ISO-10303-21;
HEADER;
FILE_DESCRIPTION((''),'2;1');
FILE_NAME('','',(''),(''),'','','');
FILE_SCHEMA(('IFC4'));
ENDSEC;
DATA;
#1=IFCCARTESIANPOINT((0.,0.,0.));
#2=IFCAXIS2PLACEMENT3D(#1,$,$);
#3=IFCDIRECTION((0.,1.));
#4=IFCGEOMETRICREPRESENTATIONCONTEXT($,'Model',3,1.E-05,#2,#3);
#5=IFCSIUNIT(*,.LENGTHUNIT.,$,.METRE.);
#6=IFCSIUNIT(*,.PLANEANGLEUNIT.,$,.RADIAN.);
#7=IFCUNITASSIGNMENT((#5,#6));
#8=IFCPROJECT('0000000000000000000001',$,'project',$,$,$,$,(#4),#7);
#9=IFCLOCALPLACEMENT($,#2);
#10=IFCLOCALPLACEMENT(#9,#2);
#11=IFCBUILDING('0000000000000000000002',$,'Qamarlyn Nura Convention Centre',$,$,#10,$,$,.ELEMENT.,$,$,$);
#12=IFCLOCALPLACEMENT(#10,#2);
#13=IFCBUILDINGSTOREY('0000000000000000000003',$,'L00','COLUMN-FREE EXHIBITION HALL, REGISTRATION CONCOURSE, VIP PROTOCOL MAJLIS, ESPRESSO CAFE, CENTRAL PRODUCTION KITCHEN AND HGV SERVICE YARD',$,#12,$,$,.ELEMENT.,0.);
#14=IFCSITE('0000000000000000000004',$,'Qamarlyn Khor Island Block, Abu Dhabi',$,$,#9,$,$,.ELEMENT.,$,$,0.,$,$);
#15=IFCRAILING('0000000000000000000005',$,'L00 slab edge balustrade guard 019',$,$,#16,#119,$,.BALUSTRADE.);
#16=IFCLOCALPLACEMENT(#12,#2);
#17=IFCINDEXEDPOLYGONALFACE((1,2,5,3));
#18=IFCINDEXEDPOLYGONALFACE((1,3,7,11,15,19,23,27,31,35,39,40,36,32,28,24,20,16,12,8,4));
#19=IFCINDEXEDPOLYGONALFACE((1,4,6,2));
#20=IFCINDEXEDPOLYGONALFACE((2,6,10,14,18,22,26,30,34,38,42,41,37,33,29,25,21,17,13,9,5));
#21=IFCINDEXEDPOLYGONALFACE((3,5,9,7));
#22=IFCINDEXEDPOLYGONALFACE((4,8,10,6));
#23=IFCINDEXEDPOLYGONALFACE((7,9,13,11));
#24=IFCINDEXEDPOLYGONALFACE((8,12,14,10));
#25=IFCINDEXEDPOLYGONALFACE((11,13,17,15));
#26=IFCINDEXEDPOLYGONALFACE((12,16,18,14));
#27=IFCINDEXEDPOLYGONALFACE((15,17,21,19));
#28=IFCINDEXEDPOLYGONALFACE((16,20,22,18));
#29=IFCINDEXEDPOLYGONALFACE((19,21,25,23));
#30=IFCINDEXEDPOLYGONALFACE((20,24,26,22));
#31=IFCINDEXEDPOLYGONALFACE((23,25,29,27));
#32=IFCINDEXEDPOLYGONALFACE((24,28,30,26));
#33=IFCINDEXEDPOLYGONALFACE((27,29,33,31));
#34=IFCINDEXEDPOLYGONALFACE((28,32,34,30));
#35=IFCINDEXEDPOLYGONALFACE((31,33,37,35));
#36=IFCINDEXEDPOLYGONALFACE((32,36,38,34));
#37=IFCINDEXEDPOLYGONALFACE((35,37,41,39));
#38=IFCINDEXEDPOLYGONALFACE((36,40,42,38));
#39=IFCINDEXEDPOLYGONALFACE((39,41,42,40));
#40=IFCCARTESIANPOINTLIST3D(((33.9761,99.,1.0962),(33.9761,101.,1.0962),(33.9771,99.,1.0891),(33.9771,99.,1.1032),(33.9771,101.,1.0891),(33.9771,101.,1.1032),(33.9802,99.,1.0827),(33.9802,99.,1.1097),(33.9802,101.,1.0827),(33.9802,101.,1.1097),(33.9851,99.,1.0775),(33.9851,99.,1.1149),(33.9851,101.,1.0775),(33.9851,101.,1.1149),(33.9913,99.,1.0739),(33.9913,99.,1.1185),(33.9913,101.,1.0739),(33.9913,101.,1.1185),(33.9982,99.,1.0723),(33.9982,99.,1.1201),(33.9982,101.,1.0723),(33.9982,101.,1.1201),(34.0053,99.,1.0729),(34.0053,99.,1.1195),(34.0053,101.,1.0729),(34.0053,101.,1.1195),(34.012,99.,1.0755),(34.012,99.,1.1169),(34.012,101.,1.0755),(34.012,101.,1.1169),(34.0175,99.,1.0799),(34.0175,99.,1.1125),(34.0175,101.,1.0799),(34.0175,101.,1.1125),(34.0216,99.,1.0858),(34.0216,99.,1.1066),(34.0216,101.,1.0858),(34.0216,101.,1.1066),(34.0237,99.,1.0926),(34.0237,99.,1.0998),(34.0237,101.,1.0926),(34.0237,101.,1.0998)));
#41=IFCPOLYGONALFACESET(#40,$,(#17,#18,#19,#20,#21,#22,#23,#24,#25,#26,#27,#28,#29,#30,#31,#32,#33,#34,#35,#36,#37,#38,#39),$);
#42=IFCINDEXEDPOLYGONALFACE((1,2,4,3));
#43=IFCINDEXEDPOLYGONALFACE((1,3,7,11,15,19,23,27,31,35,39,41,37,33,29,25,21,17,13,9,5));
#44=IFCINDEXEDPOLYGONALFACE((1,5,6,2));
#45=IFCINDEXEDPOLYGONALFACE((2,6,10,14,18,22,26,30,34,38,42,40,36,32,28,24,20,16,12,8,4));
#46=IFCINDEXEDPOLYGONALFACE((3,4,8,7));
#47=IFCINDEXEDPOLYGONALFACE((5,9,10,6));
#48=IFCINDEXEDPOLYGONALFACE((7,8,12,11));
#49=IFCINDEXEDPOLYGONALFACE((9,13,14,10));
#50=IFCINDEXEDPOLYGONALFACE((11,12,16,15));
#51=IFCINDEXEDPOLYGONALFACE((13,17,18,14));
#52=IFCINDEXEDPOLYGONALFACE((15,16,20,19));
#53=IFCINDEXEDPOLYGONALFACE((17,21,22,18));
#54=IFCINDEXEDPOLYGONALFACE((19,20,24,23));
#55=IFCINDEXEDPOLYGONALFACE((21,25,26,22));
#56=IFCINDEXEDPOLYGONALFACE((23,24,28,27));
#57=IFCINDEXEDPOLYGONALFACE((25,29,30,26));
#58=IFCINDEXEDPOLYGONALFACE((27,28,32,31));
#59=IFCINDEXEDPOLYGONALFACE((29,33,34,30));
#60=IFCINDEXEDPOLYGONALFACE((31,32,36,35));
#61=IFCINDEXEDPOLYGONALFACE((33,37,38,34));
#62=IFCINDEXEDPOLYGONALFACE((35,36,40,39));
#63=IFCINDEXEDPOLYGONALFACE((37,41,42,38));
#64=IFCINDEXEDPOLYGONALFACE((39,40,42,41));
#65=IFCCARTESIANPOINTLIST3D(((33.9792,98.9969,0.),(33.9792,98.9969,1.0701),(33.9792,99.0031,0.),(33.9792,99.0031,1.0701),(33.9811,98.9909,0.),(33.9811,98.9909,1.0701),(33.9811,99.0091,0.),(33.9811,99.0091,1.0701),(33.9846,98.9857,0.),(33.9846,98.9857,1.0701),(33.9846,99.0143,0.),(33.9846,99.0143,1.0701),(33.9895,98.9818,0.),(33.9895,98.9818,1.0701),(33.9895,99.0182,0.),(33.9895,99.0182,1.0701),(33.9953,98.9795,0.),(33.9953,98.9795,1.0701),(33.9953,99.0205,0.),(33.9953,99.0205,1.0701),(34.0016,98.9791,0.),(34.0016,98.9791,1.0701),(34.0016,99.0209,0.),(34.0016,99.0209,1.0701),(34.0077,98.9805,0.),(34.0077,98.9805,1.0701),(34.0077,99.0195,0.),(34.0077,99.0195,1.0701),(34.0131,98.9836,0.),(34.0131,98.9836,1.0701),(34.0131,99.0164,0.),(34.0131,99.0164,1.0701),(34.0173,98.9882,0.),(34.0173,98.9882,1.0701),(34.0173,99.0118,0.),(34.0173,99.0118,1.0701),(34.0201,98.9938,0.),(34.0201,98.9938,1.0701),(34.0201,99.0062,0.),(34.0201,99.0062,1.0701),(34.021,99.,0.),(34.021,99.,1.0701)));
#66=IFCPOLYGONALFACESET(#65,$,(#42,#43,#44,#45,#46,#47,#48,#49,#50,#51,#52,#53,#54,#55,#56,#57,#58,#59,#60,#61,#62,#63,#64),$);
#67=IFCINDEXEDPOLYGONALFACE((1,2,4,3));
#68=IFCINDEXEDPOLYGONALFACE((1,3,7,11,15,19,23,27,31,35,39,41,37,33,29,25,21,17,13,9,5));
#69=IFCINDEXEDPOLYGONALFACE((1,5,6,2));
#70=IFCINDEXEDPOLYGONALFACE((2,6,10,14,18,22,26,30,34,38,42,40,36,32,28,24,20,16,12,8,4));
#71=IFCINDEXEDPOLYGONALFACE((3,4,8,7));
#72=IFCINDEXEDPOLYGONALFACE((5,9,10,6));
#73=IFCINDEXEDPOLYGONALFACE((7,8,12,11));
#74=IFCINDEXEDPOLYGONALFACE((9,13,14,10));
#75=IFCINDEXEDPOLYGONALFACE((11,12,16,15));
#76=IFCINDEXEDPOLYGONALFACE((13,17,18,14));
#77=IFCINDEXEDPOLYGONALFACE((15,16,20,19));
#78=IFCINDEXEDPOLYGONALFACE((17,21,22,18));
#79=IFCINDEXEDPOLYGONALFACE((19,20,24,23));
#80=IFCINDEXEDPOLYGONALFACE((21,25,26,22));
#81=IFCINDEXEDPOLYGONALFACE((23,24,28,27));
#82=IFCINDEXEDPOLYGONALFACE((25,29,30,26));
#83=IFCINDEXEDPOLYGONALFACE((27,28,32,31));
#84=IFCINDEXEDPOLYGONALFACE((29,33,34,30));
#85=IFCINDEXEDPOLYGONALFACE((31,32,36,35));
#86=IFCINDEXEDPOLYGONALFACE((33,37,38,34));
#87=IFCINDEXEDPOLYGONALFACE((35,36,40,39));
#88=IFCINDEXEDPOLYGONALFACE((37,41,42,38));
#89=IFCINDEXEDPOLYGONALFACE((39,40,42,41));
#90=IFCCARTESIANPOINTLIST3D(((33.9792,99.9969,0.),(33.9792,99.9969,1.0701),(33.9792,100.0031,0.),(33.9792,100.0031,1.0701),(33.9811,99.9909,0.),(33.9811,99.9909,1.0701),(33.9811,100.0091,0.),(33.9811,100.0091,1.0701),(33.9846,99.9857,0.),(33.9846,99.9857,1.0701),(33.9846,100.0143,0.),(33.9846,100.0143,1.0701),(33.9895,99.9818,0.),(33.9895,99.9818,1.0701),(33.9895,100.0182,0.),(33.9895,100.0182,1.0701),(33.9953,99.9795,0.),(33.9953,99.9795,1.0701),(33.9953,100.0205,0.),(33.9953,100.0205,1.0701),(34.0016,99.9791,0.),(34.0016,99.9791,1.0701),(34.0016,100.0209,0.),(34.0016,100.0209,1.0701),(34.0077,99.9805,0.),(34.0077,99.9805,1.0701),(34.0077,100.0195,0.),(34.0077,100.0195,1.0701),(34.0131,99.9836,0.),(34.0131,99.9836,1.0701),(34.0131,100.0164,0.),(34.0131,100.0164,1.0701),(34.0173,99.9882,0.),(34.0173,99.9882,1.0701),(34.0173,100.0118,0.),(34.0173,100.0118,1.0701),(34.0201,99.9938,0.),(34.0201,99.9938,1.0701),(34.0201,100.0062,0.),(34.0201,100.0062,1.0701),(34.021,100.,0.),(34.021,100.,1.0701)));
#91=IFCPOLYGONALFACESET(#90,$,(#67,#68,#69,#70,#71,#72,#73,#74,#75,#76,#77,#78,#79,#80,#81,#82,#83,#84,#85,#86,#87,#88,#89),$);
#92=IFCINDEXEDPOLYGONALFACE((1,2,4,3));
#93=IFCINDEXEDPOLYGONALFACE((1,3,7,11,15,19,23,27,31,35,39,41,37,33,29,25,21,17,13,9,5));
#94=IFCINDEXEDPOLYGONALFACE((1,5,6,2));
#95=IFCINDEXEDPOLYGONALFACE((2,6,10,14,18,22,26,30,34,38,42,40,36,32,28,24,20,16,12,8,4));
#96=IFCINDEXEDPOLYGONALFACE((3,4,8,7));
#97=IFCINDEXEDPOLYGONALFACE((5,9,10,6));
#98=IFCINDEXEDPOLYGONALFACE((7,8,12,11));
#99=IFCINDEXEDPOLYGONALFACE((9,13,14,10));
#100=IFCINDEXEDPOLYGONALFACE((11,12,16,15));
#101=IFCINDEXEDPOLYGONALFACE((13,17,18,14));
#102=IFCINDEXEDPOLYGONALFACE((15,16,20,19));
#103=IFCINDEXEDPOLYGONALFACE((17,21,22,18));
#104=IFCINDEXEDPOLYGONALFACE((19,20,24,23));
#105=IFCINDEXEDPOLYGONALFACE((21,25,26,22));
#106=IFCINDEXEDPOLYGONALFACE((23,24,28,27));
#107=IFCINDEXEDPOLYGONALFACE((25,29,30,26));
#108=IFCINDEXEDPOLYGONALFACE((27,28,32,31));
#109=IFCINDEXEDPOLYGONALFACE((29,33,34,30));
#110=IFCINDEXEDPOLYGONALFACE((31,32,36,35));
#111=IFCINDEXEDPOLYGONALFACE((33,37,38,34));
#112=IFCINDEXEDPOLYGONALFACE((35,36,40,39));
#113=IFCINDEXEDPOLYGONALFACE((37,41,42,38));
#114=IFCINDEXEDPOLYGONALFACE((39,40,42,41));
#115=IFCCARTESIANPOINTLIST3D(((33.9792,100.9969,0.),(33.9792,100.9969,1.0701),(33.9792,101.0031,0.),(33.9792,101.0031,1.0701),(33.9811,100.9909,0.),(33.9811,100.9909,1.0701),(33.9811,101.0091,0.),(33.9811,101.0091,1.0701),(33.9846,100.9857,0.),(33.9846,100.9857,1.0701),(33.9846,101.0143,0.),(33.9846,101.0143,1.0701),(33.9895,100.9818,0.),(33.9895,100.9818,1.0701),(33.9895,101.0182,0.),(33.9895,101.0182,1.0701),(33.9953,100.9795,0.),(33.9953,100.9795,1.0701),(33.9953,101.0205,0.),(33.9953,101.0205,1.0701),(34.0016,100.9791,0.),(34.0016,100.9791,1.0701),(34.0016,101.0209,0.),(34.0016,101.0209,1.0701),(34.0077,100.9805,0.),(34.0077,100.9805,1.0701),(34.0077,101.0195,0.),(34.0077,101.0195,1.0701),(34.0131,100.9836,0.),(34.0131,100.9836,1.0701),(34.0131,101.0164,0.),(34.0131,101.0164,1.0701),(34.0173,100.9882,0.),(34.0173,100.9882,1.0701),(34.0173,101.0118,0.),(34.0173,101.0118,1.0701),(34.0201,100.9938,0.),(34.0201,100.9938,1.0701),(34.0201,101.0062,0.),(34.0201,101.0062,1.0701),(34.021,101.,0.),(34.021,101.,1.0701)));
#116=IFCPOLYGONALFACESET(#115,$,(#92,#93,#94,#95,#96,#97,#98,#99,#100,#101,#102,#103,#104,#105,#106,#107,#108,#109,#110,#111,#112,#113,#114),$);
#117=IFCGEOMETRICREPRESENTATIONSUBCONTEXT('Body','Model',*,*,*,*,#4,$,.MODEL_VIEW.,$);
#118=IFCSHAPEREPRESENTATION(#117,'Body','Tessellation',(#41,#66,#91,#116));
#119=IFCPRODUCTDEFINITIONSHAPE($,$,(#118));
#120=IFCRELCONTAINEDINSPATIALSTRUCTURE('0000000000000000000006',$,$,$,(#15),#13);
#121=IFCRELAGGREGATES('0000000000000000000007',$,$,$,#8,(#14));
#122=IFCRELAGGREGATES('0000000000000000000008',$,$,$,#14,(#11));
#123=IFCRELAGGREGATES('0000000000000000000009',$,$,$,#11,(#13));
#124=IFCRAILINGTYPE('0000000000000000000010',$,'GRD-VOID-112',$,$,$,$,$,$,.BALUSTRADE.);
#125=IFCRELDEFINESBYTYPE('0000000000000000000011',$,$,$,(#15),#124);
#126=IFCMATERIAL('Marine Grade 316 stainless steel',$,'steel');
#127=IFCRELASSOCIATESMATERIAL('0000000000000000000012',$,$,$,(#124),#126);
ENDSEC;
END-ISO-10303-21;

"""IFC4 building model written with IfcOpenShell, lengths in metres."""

from ifc_helpers import new_model, si_unit, direction, frame, origin, origin_2d, place, context, subcontext, project, spatial, circle, extrude, material, type_object, element, save


model = new_model("IFC4")

# Units and contexts
model_context = context("Model", 3, precision=1e-05, world=origin(), true_north=direction((0.0, 1.0)))
body_context = subcontext(model_context, "Body", "Model", "MODEL_VIEW")
ifc_project = project(units=[si_unit("LENGTHUNIT", "METRE"), si_unit("PLANEANGLEUNIT", "RADIAN")], contexts=[model_context])

# Site, building, storey
site_placement = place(None, origin())
site = spatial("IfcSite", under=ifc_project, at=site_placement, Name="Qamarlyn Khor Island Block, Abu Dhabi", CompositionType="ELEMENT", RefElevation=0.0)
building_placement = place(site_placement, origin())
building = spatial("IfcBuilding", under=site, at=building_placement, Name="Qamarlyn Nura Convention Centre", CompositionType="ELEMENT")
storey_placement = place(building_placement, origin())
storey = spatial("IfcBuildingStorey", under=building, at=storey_placement, Name="L00", Description="COLUMN-FREE EXHIBITION HALL, REGISTRATION CONCOURSE, VIP PROTOCOL MAJLIS, ESPRESSO CAFE, CENTRAL PRODUCTION KITCHEN AND HGV SERVICE YARD", CompositionType="ELEMENT", Elevation=0.0)

# Railing
ifc_material_1 = material(Name="Marine Grade 316 stainless steel", Category="steel")
railing_type_1 = type_object("IfcRailingType", Name="GRD-VOID-112", PredefinedType="BALUSTRADE", material=ifc_material_1)
railing_1_placement = place(storey_placement, frame((34.0, 99.0, 0.0)))
element("IfcRailing", 1, at=railing_1_placement, inside=storey, type_object=railing_type_1, Name="L00 slab edge balustrade guard 019", PredefinedType="BALUSTRADE", context=body_context, shape_type="SweptSolid", body=[
    extrude(circle(Radius=0.0239, at=origin_2d()), frame((0.0, 0.0, 1.0962), z_axis=(0.0, 1.0, 0.0), x_axis=(-1.0, 0.0, 0.0)), (0.0, 0.0, 1.0), 2.0),
    extrude(circle(Radius=0.021, at=origin_2d()), origin(), (0.0, 0.0, 1.0), 1.0701),
    extrude(circle(Radius=0.021, at=origin_2d()), frame((0.0, 1.0, 0.0)), (0.0, 0.0, 1.0), 1.0701),
    extrude(circle(Radius=0.021, at=origin_2d()), frame((0.0, 2.0, 0.0)), (0.0, 0.0, 1.0), 1.0701),
])

save(model, "model.ifc")
